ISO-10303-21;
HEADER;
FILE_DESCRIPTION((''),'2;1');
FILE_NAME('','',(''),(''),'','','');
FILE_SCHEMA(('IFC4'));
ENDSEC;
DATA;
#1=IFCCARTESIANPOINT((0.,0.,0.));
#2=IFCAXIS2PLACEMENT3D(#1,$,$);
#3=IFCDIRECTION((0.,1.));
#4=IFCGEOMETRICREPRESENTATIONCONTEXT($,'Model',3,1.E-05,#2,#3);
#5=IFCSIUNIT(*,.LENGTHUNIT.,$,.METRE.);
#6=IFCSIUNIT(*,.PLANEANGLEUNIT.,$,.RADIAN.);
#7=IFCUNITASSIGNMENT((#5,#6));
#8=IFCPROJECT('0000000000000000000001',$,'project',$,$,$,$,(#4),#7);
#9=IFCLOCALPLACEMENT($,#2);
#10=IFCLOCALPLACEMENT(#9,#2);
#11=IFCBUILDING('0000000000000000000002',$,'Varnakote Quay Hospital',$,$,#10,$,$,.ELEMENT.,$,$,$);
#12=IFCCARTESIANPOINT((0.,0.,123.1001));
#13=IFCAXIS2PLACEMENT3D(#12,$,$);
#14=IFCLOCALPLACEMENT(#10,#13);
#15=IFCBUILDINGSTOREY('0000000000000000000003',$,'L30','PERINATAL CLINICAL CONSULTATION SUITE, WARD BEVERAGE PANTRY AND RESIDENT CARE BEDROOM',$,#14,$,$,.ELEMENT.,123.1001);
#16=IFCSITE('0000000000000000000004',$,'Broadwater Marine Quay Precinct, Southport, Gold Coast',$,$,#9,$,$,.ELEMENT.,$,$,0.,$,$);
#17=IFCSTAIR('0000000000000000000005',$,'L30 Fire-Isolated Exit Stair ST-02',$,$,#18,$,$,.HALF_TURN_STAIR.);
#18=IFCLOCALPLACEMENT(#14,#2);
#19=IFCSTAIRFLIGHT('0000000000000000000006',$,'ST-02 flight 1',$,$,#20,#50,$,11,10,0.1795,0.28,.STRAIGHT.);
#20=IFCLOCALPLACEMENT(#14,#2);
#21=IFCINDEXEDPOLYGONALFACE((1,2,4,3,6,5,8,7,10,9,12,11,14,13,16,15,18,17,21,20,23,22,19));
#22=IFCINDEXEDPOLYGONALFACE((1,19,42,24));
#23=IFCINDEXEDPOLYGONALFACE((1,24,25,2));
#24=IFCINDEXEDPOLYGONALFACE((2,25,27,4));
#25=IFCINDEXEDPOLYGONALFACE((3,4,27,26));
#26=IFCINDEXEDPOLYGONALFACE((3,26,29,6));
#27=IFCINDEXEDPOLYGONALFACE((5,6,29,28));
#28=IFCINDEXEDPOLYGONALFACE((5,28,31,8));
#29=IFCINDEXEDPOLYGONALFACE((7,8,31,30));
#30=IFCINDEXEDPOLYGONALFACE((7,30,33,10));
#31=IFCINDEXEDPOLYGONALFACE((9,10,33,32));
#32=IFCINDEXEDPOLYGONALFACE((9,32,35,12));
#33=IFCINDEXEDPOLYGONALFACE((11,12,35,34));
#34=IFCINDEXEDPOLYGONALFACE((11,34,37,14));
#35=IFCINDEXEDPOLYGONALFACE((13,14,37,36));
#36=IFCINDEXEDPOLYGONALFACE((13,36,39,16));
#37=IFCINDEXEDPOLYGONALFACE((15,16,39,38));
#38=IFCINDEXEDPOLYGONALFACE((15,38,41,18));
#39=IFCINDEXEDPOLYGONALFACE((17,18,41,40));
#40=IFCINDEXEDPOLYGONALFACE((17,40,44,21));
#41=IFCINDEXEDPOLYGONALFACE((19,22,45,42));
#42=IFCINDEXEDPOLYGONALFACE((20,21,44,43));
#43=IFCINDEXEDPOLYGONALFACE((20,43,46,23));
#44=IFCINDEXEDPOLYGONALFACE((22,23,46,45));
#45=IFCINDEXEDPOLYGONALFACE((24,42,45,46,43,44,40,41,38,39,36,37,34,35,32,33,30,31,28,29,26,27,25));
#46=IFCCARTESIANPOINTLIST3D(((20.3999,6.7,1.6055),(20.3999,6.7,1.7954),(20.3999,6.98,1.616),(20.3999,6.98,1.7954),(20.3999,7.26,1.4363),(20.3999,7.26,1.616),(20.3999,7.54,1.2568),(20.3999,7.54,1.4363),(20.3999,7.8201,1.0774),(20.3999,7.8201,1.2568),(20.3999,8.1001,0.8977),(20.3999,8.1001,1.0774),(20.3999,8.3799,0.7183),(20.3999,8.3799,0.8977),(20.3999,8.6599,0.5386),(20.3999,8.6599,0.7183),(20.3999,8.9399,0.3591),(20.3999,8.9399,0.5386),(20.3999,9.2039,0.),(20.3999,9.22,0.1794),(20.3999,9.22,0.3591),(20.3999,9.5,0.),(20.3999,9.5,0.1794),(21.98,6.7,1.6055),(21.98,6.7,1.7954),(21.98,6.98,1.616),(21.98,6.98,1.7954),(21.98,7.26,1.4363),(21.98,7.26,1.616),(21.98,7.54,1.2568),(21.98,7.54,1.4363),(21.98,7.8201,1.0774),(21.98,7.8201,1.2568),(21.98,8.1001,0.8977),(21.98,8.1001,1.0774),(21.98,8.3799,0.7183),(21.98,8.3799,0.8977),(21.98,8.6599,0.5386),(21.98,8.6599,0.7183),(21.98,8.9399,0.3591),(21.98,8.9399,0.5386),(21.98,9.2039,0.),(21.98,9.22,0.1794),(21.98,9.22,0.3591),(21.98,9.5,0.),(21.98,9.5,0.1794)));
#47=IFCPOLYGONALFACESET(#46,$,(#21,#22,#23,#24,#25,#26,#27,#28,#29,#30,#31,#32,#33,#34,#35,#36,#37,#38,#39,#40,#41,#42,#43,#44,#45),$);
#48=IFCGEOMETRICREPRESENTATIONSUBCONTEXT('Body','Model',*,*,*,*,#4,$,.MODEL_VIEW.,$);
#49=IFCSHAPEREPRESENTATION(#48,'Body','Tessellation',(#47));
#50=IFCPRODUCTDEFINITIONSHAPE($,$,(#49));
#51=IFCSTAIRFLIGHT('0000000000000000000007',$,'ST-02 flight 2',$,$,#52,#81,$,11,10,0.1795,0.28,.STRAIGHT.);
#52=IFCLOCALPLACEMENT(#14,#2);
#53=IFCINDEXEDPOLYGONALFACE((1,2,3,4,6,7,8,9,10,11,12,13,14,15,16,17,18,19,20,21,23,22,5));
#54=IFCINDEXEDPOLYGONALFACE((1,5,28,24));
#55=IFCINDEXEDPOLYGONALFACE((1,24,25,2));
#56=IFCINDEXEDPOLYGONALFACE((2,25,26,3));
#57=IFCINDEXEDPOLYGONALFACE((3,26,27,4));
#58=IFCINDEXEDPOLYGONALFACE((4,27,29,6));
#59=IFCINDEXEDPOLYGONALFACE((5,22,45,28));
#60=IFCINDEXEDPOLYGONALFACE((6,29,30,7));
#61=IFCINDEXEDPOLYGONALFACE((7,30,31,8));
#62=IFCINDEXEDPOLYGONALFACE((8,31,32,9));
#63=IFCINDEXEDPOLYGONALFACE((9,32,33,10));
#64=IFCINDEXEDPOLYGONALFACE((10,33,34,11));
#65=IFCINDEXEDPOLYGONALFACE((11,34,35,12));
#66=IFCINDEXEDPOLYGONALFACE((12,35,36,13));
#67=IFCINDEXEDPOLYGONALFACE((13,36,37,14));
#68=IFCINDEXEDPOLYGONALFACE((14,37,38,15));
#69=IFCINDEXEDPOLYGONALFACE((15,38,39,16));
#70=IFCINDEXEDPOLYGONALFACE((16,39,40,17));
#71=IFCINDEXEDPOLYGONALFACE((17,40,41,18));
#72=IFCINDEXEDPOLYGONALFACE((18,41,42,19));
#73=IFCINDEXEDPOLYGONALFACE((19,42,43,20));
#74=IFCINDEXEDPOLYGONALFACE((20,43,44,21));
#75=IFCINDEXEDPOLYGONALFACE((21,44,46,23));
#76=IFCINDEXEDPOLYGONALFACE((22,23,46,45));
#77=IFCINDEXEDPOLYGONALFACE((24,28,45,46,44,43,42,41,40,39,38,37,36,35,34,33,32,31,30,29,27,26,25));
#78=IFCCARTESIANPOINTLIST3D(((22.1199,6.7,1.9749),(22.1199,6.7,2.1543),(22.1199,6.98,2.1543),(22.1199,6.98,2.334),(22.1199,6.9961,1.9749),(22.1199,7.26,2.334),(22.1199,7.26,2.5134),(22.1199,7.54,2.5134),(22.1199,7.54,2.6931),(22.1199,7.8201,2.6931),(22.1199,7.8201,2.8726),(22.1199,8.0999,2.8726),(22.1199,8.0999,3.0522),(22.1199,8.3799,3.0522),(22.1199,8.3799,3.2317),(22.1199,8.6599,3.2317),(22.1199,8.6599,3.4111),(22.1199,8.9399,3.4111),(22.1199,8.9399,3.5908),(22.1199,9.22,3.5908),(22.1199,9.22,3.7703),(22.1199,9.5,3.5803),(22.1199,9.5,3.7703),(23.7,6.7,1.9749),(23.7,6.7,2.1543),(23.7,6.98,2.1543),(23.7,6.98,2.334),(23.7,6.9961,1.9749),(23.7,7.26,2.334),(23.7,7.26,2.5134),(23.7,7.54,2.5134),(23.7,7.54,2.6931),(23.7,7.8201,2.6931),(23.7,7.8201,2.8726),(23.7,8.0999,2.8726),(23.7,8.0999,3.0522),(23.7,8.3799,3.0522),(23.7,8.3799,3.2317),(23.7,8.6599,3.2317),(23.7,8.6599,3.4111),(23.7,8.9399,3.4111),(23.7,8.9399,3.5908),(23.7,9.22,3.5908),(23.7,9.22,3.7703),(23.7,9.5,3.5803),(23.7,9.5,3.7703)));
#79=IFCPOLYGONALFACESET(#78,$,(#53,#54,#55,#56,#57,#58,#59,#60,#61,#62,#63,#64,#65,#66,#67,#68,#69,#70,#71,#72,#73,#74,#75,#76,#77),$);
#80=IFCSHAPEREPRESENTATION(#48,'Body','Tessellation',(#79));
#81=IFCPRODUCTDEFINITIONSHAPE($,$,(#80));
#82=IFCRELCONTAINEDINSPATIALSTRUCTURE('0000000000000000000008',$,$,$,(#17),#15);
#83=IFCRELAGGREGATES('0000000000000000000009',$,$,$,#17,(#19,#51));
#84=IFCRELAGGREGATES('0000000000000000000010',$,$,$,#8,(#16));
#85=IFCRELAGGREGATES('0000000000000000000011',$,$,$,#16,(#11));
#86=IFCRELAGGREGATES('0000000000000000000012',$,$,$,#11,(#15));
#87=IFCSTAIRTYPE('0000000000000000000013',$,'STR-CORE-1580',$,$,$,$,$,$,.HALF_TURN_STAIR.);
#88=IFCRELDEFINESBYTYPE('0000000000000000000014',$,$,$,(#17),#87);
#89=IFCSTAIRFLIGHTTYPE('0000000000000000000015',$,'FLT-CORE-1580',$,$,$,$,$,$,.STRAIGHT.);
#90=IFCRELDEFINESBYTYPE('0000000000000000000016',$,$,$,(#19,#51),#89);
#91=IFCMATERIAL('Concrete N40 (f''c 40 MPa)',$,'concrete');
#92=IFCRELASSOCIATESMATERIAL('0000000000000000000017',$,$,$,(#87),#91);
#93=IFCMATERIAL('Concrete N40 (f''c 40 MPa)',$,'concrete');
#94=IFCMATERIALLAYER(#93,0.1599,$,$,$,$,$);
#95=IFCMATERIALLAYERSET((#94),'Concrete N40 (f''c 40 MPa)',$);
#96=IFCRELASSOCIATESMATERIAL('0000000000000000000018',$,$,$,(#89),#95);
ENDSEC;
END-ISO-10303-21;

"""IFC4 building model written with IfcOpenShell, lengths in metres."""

from ifc_helpers import new_model, si_unit, direction, frame, origin, place, context, subcontext, project, spatial, polyline, outline, extrude, material, layer, layer_set, type_object, element, aggregate, save


model = new_model("IFC4")

# Units and contexts
model_context = context("Model", 3, precision=1e-05, world=origin(), true_north=direction((0.0, 1.0)))
body_context = subcontext(model_context, "Body", "Model", "MODEL_VIEW")
ifc_project = project(units=[si_unit("LENGTHUNIT", "METRE"), si_unit("PLANEANGLEUNIT", "RADIAN")], contexts=[model_context])

# Site, building, storey
site_placement = place(None, origin())
site = spatial("IfcSite", under=ifc_project, at=site_placement, Name="Broadwater Marine Quay Precinct, Southport, Gold Coast", CompositionType="ELEMENT", RefElevation=0.0)
building_placement = place(site_placement, origin())
building = spatial("IfcBuilding", under=site, at=building_placement, Name="Varnakote Quay Hospital", CompositionType="ELEMENT")
storey_placement = place(building_placement, frame((0.0, 0.0, 123.1001)))
storey = spatial("IfcBuildingStorey", under=building, at=storey_placement, Name="L30", Description="PERINATAL CLINICAL CONSULTATION SUITE, WARD BEVERAGE PANTRY AND RESIDENT CARE BEDROOM", CompositionType="ELEMENT", Elevation=123.1001)

# Stair, stair flights
ifc_material_1 = material(Name="Concrete N40 (f'c 40 MPa)", Category="concrete")
stair_type = type_object("IfcStairType", Name="STR-CORE-1580", PredefinedType="HALF_TURN_STAIR", material=ifc_material_1)
stair_placement = place(storey_placement, origin())
stair = element("IfcStair", 1, at=stair_placement, inside=storey, type_object=stair_type, Name="L30 Fire-Isolated Exit Stair ST-02", PredefinedType="HALF_TURN_STAIR")
ifc_material_2 = material(Name="Concrete N40 (f'c 40 MPa)", Category="concrete")
ifc_layer_1 = layer(ifc_material_2, 0.1599)
ifc_layer_set_1 = layer_set([ifc_layer_1], Name="Concrete N40 (f'c 40 MPa)")
stair_flight_type = type_object("IfcStairFlightType", Name="FLT-CORE-1580", PredefinedType="STRAIGHT", material=ifc_layer_set_1)
stair_flight_1_placement = place(storey_placement, frame((21.1899, 9.5, 0.0), z_axis=(0.0, 0.0, 1.0), x_axis=(0.0, -1.0, 0.0)))
stair_flight_1 = element("IfcStairFlight", 2, at=stair_flight_1_placement, type_object=stair_flight_type, Name="ST-02 flight 1", NumberOfRisers=11, NumberOfTreads=10, PredefinedType="STRAIGHT", RiserHeight=0.1795, TreadLength=0.28, context=body_context, shape_type="SweptSolid", body=[
    extrude(outline(polyline([(0.0, 0.0), (0.0, 0.1794), (0.28, 0.1794), (0.28, 0.3591), (0.5601, 0.3591), (0.5601, 0.5386), (0.8401, 0.5386), (0.8401, 0.7183), (1.1201, 0.7183), (1.1201, 0.8977), (1.3999, 0.8977), (1.3999, 1.0774), (1.6799, 1.0774), (1.6799, 1.2568), (1.96, 1.2568), (1.96, 1.4363), (2.24, 1.4363), (2.24, 1.616), (2.52, 1.616), (2.52, 1.7954), (2.8, 1.7954), (2.8, 1.9751), (2.8, 1.6055), (0.2961, 0.0), (0.0, 0.0)])), frame((0.0, 0.79, 0.0), z_axis=(0.0, -1.0, 0.0), x_axis=(1.0, 0.0, 0.0)), (0.0, 0.0, 1.0), 1.5801),
])
stair_flight_2_placement = place(storey_placement, frame((22.9099, 6.7, 1.9749), z_axis=(0.0, 0.0, 1.0), x_axis=(0.0, 1.0, 0.0)))
stair_flight_2 = element("IfcStairFlight", 3, at=stair_flight_2_placement, type_object=stair_flight_type, Name="ST-02 flight 2", NumberOfRisers=11, NumberOfTreads=10, PredefinedType="STRAIGHT", RiserHeight=0.1795, TreadLength=0.28, context=body_context, shape_type="SweptSolid", body=[
    extrude(outline(polyline([(0.0, 0.0), (0.0, 0.1794), (0.28, 0.1794), (0.28, 0.3591), (0.5601, 0.3591), (0.5601, 0.5386), (0.8401, 0.5386), (0.8401, 0.7183), (1.1201, 0.7183), (1.1201, 0.8977), (1.3999, 0.8977), (1.3999, 1.0774), (1.6799, 1.0774), (1.6799, 1.2568), (1.96, 1.2568), (1.96, 1.4363), (2.24, 1.4363), (2.24, 1.616), (2.52, 1.616), (2.52, 1.7954), (2.8, 1.7954), (2.8, 1.9751), (2.8, 1.6055), (0.2961, 0.0), (0.0, 0.0)])), frame((0.0, 0.79, 0.0), z_axis=(0.0, -1.0, 0.0), x_axis=(1.0, 0.0, 0.0)), (0.0, 0.0, 1.0), 1.5801),
])
aggregate(stair, [stair_flight_1, stair_flight_2])

save(model, "model.ifc")
